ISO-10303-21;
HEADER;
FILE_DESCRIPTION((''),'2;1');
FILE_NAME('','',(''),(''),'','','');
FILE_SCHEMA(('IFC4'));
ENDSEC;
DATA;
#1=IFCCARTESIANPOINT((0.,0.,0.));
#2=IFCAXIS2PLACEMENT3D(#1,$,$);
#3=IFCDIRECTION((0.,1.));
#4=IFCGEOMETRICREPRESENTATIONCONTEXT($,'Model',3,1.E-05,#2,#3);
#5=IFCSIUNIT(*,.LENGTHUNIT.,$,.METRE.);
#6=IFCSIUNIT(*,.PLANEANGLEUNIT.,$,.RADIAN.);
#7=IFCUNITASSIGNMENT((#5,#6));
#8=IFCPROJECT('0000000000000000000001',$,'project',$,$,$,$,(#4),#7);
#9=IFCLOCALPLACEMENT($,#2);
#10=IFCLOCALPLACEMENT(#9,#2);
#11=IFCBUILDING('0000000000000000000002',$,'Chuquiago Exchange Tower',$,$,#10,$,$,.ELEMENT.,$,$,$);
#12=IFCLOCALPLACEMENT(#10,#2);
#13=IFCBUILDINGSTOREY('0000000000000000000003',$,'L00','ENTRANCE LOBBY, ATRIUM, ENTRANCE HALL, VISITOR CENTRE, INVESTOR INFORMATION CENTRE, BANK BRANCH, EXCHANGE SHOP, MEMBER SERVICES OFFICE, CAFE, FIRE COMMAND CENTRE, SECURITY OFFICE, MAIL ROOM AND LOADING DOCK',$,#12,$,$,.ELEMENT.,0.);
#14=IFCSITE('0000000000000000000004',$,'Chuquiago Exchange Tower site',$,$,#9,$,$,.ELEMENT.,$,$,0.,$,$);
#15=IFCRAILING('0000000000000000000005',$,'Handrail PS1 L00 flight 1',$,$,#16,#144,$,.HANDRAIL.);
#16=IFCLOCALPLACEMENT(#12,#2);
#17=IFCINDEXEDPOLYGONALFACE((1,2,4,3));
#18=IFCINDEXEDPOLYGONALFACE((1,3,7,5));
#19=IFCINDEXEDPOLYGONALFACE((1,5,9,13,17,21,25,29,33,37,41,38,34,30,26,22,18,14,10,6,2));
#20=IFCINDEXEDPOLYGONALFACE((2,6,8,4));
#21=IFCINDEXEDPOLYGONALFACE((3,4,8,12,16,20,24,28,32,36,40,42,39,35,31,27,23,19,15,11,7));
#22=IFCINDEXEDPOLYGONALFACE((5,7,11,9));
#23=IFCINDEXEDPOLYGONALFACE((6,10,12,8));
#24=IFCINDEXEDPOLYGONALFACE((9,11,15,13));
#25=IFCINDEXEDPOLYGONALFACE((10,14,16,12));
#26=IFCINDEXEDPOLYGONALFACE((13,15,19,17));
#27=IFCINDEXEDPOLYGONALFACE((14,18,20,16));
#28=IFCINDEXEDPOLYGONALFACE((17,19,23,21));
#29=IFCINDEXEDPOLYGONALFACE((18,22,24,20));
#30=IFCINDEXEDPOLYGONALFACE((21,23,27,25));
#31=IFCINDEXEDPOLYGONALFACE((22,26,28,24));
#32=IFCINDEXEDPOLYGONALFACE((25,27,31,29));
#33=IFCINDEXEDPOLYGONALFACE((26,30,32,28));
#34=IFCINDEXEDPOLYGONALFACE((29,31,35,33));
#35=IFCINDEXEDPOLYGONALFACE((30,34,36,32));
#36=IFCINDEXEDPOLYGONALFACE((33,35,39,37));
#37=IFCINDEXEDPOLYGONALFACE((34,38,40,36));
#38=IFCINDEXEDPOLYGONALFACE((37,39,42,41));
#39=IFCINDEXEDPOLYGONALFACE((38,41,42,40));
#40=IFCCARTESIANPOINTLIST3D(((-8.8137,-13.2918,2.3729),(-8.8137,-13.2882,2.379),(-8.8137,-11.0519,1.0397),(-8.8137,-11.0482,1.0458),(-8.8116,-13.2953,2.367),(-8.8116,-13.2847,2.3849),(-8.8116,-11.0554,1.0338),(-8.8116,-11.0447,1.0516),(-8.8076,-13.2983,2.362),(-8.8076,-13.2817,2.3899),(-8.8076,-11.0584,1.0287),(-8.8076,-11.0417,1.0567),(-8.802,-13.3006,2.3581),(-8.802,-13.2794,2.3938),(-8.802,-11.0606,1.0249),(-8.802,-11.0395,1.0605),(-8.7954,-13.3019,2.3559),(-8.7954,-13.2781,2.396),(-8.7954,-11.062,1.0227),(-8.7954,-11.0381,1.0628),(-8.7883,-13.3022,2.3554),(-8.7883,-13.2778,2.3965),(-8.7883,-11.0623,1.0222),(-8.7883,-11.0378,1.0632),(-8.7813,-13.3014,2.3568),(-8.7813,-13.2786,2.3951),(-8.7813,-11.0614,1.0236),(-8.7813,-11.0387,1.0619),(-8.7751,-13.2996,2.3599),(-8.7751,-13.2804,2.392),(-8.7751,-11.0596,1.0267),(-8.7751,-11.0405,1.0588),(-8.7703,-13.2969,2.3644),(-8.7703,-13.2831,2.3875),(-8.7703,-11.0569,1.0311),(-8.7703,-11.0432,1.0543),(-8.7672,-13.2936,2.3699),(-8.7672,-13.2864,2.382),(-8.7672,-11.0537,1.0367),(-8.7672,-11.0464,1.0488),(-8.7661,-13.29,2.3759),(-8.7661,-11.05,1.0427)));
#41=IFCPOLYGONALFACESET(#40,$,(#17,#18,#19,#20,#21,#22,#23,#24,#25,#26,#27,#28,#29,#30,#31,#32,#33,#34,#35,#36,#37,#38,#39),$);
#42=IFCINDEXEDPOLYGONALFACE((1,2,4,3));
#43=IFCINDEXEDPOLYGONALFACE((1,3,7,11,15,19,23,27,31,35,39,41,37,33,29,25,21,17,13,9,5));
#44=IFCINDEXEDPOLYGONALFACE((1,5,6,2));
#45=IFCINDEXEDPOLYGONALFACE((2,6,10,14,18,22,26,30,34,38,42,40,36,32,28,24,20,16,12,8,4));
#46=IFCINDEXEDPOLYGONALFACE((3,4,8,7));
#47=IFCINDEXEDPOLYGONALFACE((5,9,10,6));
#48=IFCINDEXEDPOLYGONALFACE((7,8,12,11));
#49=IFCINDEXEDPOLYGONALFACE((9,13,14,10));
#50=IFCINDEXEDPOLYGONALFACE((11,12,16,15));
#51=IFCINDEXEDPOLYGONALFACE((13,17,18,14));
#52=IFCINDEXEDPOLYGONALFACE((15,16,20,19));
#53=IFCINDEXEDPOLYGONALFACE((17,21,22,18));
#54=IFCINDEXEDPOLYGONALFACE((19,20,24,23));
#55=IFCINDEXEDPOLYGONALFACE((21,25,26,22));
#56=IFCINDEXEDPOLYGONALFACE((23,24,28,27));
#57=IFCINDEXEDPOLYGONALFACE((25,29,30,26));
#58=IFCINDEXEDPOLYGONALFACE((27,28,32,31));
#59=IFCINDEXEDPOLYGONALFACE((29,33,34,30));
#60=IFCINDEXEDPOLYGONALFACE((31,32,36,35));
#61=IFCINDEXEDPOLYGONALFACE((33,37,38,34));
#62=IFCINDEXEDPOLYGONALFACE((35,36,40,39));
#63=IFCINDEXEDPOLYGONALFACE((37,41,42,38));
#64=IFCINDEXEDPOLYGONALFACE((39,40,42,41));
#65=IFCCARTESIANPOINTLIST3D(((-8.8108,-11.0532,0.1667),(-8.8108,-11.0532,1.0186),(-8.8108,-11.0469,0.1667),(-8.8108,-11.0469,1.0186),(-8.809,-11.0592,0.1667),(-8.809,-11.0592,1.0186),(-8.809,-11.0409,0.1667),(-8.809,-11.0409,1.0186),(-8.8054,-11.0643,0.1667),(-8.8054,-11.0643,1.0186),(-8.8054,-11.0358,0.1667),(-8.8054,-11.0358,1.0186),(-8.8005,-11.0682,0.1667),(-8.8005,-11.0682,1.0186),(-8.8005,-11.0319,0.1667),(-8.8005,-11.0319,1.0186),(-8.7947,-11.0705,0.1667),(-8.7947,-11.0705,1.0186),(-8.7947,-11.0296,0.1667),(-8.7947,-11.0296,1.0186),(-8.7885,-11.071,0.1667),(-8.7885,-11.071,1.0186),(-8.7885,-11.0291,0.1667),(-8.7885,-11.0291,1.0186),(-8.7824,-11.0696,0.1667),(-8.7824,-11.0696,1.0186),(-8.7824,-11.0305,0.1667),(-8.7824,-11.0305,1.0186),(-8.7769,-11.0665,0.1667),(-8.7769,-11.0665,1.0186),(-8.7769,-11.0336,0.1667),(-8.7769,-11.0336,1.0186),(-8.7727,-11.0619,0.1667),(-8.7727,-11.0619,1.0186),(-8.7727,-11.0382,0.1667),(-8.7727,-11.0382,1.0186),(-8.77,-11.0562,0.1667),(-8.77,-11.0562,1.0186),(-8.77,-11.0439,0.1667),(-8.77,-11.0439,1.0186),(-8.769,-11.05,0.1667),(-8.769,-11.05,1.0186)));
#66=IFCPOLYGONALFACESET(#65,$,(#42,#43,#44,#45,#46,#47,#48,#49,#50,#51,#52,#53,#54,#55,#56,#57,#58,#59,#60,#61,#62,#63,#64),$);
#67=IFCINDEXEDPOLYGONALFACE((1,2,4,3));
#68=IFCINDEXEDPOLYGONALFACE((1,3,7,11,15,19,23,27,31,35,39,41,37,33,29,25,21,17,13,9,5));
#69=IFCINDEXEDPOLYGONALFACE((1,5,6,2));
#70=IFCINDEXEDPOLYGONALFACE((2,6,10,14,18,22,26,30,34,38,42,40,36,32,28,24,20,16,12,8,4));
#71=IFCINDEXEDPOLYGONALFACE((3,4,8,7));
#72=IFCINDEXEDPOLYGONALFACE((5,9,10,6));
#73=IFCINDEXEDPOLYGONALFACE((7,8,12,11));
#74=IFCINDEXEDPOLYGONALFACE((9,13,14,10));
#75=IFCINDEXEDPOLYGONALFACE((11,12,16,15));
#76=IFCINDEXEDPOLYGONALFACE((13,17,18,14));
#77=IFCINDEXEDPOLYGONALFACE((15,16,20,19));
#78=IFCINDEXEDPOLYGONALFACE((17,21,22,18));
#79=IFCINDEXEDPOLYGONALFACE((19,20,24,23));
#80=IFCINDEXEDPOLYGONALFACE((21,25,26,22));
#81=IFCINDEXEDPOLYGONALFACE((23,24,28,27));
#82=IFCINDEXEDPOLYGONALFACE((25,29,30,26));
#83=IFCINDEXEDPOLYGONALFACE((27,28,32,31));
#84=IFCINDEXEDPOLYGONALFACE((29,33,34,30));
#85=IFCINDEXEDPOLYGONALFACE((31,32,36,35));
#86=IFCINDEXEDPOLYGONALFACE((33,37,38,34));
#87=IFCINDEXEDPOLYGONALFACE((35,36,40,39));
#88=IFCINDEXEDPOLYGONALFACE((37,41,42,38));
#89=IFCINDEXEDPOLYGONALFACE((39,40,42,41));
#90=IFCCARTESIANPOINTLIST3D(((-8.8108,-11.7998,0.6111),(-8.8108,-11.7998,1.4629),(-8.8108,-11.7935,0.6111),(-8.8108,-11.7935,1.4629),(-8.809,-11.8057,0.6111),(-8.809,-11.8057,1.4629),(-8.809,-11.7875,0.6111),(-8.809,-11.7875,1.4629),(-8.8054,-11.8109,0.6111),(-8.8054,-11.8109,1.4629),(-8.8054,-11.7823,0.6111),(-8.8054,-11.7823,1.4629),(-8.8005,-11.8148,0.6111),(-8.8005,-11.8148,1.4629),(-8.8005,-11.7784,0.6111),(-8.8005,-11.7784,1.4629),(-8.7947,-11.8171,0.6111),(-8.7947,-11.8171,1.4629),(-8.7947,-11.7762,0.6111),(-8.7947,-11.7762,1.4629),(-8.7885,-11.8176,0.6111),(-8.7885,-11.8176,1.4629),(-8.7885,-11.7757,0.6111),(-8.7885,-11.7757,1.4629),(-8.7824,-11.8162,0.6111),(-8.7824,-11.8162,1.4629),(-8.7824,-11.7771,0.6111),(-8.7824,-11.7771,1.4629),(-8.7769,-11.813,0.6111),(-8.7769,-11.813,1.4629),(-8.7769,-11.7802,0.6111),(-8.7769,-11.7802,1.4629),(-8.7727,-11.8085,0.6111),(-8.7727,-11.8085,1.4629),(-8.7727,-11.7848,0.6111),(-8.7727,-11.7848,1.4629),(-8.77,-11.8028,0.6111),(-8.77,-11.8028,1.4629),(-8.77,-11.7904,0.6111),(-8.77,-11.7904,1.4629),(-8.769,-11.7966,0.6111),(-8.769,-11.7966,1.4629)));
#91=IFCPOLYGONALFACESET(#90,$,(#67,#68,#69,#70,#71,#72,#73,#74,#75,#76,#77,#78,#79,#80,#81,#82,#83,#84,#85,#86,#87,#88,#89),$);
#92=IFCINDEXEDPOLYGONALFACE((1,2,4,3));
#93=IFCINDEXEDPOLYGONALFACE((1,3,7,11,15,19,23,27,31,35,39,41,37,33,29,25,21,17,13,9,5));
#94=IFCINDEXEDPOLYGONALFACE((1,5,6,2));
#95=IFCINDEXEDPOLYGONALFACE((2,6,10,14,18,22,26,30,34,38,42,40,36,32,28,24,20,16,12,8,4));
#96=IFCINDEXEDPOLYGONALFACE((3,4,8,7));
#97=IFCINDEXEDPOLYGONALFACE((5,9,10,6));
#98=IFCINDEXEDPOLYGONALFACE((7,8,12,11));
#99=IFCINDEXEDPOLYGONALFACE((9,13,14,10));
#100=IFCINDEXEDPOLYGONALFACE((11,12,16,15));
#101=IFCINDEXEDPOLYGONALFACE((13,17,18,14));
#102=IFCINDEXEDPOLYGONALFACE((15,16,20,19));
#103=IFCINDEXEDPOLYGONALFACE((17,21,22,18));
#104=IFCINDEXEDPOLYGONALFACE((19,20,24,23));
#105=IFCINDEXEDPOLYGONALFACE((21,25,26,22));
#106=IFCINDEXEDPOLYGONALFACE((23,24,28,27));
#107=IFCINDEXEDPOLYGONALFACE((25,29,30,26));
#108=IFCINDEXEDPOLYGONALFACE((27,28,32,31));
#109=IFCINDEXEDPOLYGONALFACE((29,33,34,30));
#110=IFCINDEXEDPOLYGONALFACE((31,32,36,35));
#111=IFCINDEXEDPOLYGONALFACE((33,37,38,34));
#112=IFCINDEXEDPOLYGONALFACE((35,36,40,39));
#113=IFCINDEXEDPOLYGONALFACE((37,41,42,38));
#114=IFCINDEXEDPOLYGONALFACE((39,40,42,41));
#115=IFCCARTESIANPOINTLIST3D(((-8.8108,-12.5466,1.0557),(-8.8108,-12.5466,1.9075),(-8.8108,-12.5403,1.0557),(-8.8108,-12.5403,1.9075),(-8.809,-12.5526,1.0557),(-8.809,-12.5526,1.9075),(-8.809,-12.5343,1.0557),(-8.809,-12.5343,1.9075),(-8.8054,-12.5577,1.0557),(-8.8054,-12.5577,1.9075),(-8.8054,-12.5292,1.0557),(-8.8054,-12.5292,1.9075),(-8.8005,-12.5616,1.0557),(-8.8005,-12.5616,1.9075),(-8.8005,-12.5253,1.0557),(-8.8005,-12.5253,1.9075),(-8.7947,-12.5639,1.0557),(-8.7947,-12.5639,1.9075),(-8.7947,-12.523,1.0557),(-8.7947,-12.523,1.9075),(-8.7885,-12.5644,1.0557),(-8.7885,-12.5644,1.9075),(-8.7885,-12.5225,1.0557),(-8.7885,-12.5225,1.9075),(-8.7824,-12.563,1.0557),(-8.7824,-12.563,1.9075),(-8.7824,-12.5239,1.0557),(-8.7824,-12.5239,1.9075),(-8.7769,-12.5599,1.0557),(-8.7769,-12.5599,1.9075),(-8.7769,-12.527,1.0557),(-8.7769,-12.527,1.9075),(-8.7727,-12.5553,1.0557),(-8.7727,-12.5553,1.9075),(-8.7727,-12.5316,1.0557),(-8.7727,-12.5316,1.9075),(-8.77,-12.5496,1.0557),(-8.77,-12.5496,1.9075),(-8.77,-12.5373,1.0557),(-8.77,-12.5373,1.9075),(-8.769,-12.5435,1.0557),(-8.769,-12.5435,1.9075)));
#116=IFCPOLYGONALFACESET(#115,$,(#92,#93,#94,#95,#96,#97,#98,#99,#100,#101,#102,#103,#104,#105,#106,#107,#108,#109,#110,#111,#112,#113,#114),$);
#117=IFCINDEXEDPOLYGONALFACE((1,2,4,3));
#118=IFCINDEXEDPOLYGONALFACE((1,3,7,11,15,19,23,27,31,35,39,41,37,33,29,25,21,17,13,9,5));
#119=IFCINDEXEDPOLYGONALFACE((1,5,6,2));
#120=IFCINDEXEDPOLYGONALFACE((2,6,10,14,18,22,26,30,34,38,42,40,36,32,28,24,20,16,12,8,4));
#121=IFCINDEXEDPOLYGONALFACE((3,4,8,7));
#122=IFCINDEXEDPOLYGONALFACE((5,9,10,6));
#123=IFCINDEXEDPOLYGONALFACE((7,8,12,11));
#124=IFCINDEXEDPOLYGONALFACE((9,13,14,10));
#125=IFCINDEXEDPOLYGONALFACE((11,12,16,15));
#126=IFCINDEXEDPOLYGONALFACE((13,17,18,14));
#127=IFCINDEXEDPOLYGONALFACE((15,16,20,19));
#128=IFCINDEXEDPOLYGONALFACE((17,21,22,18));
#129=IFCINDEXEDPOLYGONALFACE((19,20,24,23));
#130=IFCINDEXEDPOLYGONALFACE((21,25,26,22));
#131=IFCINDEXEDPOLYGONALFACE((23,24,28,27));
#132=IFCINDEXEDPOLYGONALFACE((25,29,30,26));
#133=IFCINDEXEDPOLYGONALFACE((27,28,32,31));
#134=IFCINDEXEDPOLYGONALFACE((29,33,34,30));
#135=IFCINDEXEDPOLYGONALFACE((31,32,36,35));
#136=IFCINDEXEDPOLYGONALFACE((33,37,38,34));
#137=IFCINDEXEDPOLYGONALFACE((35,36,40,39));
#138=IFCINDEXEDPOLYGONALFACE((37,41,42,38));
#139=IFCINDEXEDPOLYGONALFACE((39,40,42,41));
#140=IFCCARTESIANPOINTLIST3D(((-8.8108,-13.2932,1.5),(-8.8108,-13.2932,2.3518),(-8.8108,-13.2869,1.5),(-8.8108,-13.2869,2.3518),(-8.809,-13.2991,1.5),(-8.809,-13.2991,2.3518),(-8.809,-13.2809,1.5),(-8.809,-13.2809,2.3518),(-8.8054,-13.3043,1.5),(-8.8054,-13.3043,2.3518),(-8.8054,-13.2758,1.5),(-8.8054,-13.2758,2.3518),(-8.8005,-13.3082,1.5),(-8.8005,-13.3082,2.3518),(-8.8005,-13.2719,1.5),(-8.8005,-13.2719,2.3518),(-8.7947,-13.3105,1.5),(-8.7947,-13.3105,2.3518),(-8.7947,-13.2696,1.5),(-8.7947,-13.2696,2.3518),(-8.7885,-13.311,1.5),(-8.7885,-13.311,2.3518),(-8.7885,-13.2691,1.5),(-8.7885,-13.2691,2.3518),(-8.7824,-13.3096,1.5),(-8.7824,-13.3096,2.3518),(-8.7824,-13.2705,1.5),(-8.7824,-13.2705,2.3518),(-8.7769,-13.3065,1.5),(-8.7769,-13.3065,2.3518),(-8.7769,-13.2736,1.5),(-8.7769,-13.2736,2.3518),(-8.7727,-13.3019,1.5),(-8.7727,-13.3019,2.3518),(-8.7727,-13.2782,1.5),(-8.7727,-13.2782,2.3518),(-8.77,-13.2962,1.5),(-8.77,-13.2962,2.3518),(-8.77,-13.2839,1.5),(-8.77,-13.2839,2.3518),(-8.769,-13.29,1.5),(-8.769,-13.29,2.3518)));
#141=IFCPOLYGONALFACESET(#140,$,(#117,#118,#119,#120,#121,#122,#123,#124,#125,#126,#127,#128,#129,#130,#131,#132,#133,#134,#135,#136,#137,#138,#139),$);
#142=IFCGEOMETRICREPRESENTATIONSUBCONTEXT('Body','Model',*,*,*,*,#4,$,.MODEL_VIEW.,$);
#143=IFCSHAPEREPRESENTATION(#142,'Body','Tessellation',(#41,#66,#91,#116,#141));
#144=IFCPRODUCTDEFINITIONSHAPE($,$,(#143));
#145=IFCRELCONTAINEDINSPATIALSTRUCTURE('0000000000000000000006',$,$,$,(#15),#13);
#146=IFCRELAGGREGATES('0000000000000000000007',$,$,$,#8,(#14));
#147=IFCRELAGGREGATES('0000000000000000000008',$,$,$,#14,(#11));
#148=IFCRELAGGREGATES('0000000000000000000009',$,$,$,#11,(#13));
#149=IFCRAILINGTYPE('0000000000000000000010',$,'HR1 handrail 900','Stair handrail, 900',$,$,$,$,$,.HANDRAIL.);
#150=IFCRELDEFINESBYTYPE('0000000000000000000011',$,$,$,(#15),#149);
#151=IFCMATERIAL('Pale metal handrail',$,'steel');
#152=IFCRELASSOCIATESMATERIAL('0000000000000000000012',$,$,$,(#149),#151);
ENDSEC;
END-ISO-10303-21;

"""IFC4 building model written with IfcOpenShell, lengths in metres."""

from ifc_helpers import new_model, si_unit, direction, frame, origin, origin_2d, place, context, subcontext, project, spatial, circle, extrude, material, type_object, element, save


model = new_model("IFC4")

# Units and contexts
model_context = context("Model", 3, precision=1e-05, world=origin(), true_north=direction((0.0, 1.0)))
body_context = subcontext(model_context, "Body", "Model", "MODEL_VIEW")
ifc_project = project(units=[si_unit("LENGTHUNIT", "METRE"), si_unit("PLANEANGLEUNIT", "RADIAN")], contexts=[model_context])

# Site, building, storey
site_placement = place(None, origin())
site = spatial("IfcSite", under=ifc_project, at=site_placement, Name="Chuquiago Exchange Tower site", CompositionType="ELEMENT", RefElevation=0.0)
building_placement = place(site_placement, origin())
building = spatial("IfcBuilding", under=site, at=building_placement, Name="Chuquiago Exchange Tower", CompositionType="ELEMENT")
storey_placement = place(building_placement, origin())
storey = spatial("IfcBuildingStorey", under=building, at=storey_placement, Name="L00", Description="ENTRANCE LOBBY, ATRIUM, ENTRANCE HALL, VISITOR CENTRE, INVESTOR INFORMATION CENTRE, BANK BRANCH, EXCHANGE SHOP, MEMBER SERVICES OFFICE, CAFE, FIRE COMMAND CENTRE, SECURITY OFFICE, MAIL ROOM AND LOADING DOCK", CompositionType="ELEMENT", Elevation=0.0)

# Railing
ifc_material_1 = material(Name="Pale metal handrail", Category="steel")
railing_type = type_object("IfcRailingType", Name="HR1 handrail 900", Description="Stair handrail, 900", PredefinedType="HANDRAIL", material=ifc_material_1)
for number, where, name in (
    (1, (-8.79, -11.05, 0.1667), "Handrail PS1 L00 flight 1"),
):
    element("IfcRailing", number, at=place(storey_placement, frame(where)), inside=storey, type_object=railing_type, Name=name, PredefinedType="HANDRAIL", context=body_context, shape_type="SweptSolid", body=[
        extrude(circle(Radius=0.0239, at=origin_2d()), frame((0.0, 0.0, 0.876), z_axis=(0.0, -0.859306, 0.511462), x_axis=(1.0, 0.0, 0.0)), (0.0, 0.0, 1.0), 2.6067),
        extrude(circle(Radius=0.021, at=origin_2d()), origin(), (0.0, 0.0, 1.0), 0.8518),
        extrude(circle(Radius=0.021, at=origin_2d()), frame((0.0, -0.7466, 0.4443)), (0.0, 0.0, 1.0), 0.8518),
        extrude(circle(Radius=0.021, at=origin_2d()), frame((0.0, -1.4934, 0.8889)), (0.0, 0.0, 1.0), 0.8518),
        extrude(circle(Radius=0.021, at=origin_2d()), frame((0.0, -2.24, 1.3333)), (0.0, 0.0, 1.0), 0.8518),
    ])

save(model, "model.ifc")
